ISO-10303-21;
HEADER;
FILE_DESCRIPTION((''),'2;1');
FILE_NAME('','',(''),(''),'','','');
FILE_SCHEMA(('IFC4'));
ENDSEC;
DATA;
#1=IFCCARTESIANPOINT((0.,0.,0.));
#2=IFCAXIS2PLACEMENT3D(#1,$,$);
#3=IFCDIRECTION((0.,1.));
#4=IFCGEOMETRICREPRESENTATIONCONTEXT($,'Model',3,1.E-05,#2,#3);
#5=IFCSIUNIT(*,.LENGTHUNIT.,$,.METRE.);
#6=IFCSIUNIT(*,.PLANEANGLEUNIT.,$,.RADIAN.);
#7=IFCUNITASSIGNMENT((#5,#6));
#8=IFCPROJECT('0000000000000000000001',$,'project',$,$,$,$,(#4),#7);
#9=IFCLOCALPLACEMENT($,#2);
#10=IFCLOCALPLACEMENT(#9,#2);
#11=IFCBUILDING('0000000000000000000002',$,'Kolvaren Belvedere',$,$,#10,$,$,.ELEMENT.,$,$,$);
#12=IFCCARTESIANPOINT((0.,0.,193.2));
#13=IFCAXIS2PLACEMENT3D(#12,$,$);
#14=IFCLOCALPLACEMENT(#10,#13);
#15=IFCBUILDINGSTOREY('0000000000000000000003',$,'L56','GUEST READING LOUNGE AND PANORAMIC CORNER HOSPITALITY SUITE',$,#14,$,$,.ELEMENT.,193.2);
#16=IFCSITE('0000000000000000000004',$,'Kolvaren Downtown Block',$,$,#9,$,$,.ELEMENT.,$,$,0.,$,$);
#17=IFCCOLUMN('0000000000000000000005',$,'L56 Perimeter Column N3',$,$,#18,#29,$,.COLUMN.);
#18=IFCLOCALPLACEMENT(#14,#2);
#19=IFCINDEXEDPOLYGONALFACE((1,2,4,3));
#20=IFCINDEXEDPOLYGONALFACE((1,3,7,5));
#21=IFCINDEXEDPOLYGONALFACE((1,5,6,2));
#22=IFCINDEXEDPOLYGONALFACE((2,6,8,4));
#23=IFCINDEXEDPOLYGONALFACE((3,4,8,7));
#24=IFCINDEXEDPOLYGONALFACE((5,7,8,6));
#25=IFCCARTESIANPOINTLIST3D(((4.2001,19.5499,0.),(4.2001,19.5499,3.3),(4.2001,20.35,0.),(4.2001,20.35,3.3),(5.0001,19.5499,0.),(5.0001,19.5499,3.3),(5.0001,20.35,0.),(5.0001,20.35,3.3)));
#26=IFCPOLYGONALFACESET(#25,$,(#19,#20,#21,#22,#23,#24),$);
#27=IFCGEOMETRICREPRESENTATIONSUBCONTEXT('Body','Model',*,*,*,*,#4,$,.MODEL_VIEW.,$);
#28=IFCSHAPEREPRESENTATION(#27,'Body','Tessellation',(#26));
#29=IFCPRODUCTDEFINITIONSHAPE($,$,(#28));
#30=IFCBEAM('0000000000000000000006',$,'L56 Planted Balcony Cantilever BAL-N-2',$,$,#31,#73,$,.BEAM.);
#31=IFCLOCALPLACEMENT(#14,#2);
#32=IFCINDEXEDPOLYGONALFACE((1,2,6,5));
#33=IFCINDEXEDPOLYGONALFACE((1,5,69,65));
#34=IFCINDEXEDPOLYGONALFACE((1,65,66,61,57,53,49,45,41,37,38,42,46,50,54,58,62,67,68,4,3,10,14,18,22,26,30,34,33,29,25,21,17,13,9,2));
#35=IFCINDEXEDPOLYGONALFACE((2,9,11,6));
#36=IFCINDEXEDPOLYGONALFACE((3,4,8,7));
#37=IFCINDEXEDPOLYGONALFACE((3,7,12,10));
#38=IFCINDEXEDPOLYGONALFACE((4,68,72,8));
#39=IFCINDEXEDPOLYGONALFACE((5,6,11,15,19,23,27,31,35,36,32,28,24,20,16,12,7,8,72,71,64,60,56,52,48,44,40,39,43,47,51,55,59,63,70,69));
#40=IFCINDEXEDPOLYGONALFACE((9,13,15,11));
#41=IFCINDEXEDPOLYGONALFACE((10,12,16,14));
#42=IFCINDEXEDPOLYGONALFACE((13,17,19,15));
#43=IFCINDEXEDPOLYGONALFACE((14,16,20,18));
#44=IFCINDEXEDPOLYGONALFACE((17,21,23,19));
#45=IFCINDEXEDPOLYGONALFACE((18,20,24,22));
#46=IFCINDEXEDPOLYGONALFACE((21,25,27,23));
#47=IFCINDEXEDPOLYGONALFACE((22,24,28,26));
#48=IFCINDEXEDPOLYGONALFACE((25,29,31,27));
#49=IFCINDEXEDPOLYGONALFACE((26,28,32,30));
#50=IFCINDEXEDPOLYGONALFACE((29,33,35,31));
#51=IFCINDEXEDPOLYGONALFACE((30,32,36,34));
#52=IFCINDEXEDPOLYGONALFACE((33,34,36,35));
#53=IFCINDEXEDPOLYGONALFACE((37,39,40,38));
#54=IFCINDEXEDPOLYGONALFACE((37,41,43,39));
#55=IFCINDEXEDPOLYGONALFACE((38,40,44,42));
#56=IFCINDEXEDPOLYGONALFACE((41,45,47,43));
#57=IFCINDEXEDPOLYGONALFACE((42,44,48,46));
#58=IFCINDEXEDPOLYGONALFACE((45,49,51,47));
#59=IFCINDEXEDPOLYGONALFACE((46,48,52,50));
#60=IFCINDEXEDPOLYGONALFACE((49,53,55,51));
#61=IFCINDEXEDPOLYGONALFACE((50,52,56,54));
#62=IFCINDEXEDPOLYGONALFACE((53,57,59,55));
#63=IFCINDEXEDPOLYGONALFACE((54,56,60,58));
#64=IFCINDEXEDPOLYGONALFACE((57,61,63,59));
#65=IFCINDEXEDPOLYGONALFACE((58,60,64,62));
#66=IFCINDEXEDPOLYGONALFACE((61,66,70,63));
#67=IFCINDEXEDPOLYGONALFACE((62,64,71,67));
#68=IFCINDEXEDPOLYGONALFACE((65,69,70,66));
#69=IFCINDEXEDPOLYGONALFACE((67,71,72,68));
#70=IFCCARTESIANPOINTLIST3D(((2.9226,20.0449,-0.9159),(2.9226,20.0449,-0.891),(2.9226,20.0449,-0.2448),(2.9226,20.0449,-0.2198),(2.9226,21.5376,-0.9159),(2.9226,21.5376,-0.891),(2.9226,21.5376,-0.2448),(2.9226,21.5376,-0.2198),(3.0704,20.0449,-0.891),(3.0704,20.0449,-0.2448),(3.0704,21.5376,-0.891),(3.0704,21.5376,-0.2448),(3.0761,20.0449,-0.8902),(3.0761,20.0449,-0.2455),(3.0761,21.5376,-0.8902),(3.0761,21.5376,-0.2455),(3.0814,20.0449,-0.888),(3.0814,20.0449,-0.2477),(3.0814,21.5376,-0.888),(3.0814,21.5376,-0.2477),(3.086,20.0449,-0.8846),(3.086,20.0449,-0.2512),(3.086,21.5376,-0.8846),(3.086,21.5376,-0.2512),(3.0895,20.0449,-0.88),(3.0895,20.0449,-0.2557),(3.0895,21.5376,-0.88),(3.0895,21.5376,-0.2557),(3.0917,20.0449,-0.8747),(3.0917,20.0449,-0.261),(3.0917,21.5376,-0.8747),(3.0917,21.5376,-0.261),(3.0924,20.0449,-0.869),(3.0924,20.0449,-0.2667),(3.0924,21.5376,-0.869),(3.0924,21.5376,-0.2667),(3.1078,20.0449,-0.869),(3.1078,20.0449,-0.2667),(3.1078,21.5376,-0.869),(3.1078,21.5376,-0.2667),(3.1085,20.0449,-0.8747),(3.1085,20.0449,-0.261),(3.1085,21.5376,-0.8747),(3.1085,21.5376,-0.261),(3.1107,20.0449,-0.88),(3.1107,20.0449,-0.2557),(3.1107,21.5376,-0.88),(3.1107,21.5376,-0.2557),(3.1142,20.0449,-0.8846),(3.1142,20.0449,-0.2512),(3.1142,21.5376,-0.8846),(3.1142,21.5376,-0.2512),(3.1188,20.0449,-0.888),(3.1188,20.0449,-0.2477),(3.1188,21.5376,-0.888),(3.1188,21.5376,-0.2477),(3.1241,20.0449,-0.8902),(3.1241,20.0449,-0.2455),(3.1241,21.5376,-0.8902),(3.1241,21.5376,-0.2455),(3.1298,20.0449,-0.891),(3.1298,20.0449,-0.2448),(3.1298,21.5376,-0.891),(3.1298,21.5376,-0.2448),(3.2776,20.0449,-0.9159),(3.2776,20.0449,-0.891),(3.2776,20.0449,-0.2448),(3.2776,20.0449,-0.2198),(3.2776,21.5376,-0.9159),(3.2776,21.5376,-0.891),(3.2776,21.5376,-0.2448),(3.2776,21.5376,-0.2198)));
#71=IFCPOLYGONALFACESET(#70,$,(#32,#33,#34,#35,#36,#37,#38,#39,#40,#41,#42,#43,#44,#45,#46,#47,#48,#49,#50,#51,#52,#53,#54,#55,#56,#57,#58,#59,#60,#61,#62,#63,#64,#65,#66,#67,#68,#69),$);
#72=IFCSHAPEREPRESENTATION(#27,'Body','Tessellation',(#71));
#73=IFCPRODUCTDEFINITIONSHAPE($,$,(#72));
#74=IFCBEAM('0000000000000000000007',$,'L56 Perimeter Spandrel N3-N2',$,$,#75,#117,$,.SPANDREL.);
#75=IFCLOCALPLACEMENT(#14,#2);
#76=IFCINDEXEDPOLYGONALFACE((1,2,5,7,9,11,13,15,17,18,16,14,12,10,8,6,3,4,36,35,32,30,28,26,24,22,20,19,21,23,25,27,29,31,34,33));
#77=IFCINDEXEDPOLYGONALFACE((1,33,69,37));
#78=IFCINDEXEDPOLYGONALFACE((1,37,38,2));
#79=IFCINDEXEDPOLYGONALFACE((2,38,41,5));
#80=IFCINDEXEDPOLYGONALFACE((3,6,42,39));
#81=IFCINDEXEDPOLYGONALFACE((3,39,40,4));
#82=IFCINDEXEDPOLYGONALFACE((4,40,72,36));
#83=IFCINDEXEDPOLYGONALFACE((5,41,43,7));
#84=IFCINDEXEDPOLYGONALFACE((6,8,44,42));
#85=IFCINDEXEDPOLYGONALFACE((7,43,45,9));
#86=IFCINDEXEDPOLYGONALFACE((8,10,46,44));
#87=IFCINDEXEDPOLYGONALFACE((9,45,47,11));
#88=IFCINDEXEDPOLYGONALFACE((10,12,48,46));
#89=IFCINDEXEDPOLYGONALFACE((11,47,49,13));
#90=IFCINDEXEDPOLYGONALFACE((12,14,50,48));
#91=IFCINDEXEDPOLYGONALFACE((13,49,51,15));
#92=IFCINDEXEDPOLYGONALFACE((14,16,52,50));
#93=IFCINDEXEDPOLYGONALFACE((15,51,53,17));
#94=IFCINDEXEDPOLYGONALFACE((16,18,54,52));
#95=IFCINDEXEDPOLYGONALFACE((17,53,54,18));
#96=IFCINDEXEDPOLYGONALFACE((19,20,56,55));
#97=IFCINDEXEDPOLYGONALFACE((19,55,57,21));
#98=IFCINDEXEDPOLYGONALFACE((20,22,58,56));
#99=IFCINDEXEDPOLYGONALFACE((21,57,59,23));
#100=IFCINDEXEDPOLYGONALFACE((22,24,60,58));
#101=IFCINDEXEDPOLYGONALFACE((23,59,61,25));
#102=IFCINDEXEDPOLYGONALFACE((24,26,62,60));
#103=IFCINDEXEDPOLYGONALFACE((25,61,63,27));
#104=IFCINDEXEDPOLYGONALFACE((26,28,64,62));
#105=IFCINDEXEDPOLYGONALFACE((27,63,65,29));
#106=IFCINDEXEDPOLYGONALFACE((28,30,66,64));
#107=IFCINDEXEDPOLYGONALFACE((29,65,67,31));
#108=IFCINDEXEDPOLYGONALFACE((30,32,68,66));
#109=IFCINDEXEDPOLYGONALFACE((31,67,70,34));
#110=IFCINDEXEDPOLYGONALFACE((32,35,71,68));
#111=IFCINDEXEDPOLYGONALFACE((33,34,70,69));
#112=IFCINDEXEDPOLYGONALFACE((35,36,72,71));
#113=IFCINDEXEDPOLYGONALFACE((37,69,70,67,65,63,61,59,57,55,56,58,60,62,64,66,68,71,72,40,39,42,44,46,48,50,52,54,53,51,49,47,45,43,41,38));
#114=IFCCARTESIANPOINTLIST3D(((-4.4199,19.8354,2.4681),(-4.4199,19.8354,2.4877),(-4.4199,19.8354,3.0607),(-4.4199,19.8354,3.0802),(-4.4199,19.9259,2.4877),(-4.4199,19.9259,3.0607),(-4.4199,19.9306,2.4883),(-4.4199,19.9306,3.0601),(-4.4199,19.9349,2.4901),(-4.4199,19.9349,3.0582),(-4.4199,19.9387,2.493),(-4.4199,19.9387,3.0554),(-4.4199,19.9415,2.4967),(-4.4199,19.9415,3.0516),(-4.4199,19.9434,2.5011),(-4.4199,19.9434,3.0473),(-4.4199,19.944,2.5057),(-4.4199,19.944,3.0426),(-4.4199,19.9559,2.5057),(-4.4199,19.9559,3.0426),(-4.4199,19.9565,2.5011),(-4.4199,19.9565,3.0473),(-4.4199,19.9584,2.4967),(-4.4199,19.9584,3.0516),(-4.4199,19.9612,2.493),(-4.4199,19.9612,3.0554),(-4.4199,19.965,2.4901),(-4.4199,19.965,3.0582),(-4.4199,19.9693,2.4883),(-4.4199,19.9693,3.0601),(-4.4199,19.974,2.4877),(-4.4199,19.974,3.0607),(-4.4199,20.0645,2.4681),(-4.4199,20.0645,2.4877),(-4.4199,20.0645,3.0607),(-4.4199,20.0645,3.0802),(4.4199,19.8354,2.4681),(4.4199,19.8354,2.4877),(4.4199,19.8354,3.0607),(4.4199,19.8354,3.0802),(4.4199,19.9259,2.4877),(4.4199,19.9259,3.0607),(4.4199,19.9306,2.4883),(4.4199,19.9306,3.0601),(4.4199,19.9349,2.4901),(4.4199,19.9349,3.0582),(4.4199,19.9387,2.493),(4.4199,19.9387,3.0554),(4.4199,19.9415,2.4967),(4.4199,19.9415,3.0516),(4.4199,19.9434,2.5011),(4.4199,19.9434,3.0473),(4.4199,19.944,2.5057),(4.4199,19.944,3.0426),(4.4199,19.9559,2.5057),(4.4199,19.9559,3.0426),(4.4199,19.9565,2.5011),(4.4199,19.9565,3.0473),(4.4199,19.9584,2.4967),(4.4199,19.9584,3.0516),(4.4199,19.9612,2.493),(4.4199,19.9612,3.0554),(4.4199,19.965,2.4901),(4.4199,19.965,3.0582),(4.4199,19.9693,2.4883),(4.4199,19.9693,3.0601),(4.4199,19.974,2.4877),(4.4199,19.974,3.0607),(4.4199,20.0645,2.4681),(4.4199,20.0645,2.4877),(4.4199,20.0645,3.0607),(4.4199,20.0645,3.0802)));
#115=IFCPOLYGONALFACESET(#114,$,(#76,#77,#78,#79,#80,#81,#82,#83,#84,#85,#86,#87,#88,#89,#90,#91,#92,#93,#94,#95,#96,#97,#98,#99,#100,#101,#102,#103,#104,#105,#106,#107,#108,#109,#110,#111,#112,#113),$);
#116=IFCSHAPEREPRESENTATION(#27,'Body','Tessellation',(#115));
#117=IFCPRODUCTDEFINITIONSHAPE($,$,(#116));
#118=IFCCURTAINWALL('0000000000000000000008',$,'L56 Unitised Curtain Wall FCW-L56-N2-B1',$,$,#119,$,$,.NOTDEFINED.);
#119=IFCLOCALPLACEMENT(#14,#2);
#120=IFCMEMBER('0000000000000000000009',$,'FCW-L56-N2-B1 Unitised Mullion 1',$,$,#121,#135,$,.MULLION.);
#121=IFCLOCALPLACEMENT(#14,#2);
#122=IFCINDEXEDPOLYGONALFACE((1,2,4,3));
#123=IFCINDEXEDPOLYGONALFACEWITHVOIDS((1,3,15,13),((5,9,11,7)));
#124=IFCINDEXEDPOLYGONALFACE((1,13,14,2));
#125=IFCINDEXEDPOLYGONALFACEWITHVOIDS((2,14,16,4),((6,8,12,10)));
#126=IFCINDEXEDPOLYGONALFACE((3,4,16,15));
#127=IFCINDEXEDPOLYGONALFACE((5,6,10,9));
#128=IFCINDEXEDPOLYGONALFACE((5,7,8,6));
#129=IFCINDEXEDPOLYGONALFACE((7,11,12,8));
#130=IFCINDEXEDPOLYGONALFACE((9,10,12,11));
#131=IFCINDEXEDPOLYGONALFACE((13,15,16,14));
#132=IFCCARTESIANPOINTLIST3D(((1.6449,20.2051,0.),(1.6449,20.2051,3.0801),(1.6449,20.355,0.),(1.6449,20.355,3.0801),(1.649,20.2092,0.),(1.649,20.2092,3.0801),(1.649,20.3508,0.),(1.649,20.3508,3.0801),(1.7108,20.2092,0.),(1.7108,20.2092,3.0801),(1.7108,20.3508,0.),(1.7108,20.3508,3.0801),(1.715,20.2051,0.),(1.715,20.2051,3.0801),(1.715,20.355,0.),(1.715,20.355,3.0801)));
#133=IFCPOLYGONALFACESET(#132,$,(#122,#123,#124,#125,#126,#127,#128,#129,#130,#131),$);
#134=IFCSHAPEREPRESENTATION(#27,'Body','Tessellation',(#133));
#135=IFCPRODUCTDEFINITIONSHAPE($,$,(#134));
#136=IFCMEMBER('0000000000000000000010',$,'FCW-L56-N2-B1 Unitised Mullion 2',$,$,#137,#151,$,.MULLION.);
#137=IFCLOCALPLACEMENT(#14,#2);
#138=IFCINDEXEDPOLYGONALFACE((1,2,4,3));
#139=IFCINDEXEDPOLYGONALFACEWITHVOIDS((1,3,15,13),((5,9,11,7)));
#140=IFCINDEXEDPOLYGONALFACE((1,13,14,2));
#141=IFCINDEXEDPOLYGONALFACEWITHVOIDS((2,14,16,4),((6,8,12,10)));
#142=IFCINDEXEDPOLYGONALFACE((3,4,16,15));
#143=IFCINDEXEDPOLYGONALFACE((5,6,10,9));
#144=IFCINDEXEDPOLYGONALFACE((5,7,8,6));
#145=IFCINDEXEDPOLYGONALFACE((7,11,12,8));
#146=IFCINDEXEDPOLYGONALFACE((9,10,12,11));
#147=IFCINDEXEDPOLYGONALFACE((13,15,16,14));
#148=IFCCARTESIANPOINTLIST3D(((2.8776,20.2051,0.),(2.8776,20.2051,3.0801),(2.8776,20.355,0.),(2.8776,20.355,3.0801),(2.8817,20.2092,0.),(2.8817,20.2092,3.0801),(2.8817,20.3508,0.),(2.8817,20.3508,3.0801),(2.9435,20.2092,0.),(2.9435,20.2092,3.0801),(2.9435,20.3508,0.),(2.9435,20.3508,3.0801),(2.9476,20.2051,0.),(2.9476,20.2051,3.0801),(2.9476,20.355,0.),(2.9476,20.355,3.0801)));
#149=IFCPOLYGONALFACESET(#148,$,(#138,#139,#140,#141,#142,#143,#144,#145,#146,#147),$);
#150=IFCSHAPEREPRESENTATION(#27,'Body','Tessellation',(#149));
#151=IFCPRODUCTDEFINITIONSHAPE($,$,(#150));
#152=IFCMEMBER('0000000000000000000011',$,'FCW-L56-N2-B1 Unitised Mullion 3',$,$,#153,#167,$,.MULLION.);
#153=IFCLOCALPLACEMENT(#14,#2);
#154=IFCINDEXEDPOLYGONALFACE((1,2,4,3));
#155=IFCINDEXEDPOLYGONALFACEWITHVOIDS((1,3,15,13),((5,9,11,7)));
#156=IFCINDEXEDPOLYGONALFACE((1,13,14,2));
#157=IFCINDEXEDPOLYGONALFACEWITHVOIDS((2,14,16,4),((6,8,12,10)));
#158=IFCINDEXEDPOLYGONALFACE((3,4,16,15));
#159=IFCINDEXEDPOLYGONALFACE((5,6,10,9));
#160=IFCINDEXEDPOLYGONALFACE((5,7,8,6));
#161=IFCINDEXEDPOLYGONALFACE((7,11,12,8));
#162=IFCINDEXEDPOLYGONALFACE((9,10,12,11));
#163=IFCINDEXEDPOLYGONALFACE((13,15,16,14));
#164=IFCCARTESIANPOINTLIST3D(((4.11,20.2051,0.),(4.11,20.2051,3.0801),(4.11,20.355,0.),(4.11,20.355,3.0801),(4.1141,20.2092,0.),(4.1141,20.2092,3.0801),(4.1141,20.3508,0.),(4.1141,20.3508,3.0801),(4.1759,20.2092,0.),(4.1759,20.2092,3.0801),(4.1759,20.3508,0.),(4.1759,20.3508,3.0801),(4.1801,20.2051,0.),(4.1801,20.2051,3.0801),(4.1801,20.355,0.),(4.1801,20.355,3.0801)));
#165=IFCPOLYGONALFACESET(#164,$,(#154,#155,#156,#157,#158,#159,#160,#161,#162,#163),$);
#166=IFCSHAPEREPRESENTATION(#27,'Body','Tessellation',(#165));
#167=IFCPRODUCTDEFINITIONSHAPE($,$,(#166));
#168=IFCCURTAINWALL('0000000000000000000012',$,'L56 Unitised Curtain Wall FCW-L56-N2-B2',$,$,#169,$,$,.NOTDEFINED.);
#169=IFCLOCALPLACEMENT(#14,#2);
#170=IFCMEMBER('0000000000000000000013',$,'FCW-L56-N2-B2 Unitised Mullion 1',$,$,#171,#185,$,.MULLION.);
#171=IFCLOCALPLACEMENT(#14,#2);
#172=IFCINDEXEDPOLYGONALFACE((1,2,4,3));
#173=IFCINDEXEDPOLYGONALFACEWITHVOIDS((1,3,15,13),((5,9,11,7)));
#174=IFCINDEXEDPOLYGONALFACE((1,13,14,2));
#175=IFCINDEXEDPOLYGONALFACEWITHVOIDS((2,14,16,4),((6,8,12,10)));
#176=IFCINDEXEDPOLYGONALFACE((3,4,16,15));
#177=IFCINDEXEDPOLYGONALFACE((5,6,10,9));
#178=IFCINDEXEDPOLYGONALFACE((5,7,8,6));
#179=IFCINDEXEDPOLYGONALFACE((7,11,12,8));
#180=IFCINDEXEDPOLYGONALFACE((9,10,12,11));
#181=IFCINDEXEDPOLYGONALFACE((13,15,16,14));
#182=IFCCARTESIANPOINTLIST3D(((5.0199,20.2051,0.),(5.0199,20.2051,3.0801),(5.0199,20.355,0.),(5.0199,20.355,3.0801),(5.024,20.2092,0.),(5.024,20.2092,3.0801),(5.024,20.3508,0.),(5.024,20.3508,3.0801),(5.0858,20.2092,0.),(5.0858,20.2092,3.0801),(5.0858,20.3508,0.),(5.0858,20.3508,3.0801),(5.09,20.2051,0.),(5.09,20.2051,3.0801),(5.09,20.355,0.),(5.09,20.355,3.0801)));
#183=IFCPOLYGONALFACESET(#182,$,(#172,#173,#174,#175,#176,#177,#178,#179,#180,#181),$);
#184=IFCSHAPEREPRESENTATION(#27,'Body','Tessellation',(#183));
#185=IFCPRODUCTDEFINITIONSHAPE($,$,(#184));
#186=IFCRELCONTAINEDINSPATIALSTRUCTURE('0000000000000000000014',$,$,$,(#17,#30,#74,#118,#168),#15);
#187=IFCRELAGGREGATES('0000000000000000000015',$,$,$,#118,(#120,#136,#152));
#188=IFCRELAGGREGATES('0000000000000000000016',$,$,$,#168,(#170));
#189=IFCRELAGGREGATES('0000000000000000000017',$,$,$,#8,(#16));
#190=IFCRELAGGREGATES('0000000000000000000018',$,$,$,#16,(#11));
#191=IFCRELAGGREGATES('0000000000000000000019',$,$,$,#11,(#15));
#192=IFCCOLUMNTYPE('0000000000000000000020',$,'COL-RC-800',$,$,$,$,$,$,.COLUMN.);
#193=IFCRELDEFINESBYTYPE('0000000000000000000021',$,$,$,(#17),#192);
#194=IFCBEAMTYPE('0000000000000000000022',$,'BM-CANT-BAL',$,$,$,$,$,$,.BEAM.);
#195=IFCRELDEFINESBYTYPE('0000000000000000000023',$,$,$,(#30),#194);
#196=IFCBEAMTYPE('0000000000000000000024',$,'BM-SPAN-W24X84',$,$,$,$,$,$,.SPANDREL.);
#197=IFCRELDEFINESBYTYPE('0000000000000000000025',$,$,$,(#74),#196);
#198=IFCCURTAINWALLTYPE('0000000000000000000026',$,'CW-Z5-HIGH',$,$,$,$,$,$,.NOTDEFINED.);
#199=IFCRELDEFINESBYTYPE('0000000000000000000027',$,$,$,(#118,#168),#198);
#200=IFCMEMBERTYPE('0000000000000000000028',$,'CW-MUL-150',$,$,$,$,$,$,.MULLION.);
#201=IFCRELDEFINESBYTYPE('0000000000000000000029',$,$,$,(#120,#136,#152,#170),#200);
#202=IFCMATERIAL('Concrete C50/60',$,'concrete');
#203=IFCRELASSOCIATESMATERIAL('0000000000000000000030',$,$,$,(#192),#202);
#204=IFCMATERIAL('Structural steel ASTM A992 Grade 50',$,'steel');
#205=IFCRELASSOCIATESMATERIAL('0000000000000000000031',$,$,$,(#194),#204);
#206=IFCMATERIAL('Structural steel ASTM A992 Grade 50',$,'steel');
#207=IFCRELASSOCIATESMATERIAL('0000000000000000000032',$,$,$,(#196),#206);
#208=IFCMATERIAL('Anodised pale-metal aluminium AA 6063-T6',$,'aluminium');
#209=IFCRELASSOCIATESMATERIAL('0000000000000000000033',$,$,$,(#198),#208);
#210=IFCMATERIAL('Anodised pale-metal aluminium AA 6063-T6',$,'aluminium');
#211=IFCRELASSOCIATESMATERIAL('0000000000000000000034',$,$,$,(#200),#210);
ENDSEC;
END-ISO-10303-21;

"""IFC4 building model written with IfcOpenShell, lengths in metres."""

from ifc_helpers import new_model, si_unit, direction, frame, origin, origin_2d, place, context, subcontext, project, spatial, rectangle, hollow_rectangle, i_section, extrude, material, material_profile, profile_set, type_object, element, aggregate, save


model = new_model("IFC4")

# Units and contexts
model_context = context("Model", 3, precision=1e-05, world=origin(), true_north=direction((0.0, 1.0)))
body_context = subcontext(model_context, "Body", "Model", "MODEL_VIEW")
ifc_project = project(units=[si_unit("LENGTHUNIT", "METRE"), si_unit("PLANEANGLEUNIT", "RADIAN")], contexts=[model_context])

# Site, building, storey
site_placement = place(None, origin())
site = spatial("IfcSite", under=ifc_project, at=site_placement, Name="Kolvaren Downtown Block", CompositionType="ELEMENT", RefElevation=0.0)
building_placement = place(site_placement, origin())
building = spatial("IfcBuilding", under=site, at=building_placement, Name="Kolvaren Belvedere", CompositionType="ELEMENT")
storey_placement = place(building_placement, frame((0.0, 0.0, 193.2)))
storey = spatial("IfcBuildingStorey", under=building, at=storey_placement, Name="L56", Description="GUEST READING LOUNGE AND PANORAMIC CORNER HOSPITALITY SUITE", CompositionType="ELEMENT", Elevation=193.2)

# Column
ifc_material_1 = material(Name="Concrete C50/60", Category="concrete")
ifc_material_profile_1 = material_profile(ifc_material_1, rectangle(XDim=0.8, YDim=0.8, at=origin_2d()), Name="RC 800X800")
ifc_profile_set_1 = profile_set([ifc_material_profile_1], Name="Concrete C50/60")
column_type = type_object("IfcColumnType", Name="COL-RC-800", PredefinedType="COLUMN", material=ifc_profile_set_1)
column_placement = place(storey_placement, frame((4.6001, 19.95, 0.0), z_axis=(0.0, 0.0, 1.0), x_axis=(1.0, 0.0, 0.0)))
element("IfcColumn", 1, at=column_placement, inside=storey, type_object=column_type, Name="L56 Perimeter Column N3", PredefinedType="COLUMN", context=body_context, shape_type="SweptSolid", body=[
    extrude(rectangle(XDim=0.8, YDim=0.8, at=origin_2d()), origin(), (0.0, 0.0, 1.0), 3.3),
])

# Beams
ifc_material_2 = material(Name="Structural steel ASTM A992 Grade 50", Category="steel")
ifc_material_profile_2 = material_profile(ifc_material_2, i_section(OverallWidth=0.355, OverallDepth=0.696, WebThickness=0.0154, FlangeThickness=0.0249, FilletRadius=0.022, at=origin_2d()), Name="W27X146")
ifc_profile_set_2 = profile_set([ifc_material_profile_2], Name="Structural steel ASTM A992 Grade 50")
beam_type_1 = type_object("IfcBeamType", Name="BM-CANT-BAL", PredefinedType="BEAM", material=ifc_profile_set_2)
beam_1_placement = place(storey_placement, frame((3.1001, 20.0449, -0.5679), z_axis=(0.0, 1.0, 0.0), x_axis=(-1.0, 0.0, 0.0)))
element("IfcBeam", 2, at=beam_1_placement, inside=storey, type_object=beam_type_1, Name="L56 Planted Balcony Cantilever BAL-N-2", PredefinedType="BEAM", context=body_context, shape_type="SweptSolid", body=[
    extrude(i_section(OverallWidth=0.355, OverallDepth=0.696, WebThickness=0.0154, FlangeThickness=0.0249, FilletRadius=0.022, at=origin_2d()), origin(), (0.0, 0.0, 1.0), 1.4927),
])
ifc_material_3 = material(Name="Structural steel ASTM A992 Grade 50", Category="steel")
ifc_material_profile_3 = material_profile(ifc_material_3, i_section(OverallWidth=0.229, OverallDepth=0.6121, WebThickness=0.012, FlangeThickness=0.0195, FilletRadius=0.0181, at=origin_2d()), Name="W24X84")
ifc_profile_set_3 = profile_set([ifc_material_profile_3], Name="Structural steel ASTM A992 Grade 50")
beam_type_2 = type_object("IfcBeamType", Name="BM-SPAN-W24X84", PredefinedType="SPANDREL", material=ifc_profile_set_3)
beam_2_placement = place(storey_placement, frame((4.4199, 19.95, 2.7742), z_axis=(-1.0, 0.0, 0.0), x_axis=(0.0, -1.0, 0.0)))
element("IfcBeam", 3, at=beam_2_placement, inside=storey, type_object=beam_type_2, Name="L56 Perimeter Spandrel N3-N2", PredefinedType="SPANDREL", context=body_context, shape_type="SweptSolid", body=[
    extrude(i_section(OverallWidth=0.229, OverallDepth=0.6121, WebThickness=0.012, FlangeThickness=0.0195, FilletRadius=0.0181, at=origin_2d()), origin(), (0.0, 0.0, 1.0), 8.8398),
])

# Curtain wall, members
ifc_material_4 = material(Name="Anodised pale-metal aluminium AA 6063-T6", Category="aluminium")
curtain_wall_type = type_object("IfcCurtainWallType", Name="CW-Z5-HIGH", PredefinedType="NOTDEFINED", material=ifc_material_4)
curtain_wall_1_placement = place(storey_placement, origin())
curtain_wall_1 = element("IfcCurtainWall", 4, at=curtain_wall_1_placement, inside=storey, type_object=curtain_wall_type, Name="L56 Unitised Curtain Wall FCW-L56-N2-B1", PredefinedType="NOTDEFINED")
ifc_material_5 = material(Name="Anodised pale-metal aluminium AA 6063-T6", Category="aluminium")
ifc_material_profile_4 = material_profile(ifc_material_5, hollow_rectangle(XDim=0.0701, YDim=0.1499, WallThickness=0.0042, at=origin_2d()), Name="ALU-MUL-150X70")
ifc_profile_set_4 = profile_set([ifc_material_profile_4], Name="Anodised pale-metal aluminium AA 6063-T6")
member_type_1 = type_object("IfcMemberType", Name="CW-MUL-150", PredefinedType="MULLION", material=ifc_profile_set_4)
member_1_placement = place(storey_placement, frame((1.6799, 20.28, 0.0), z_axis=(0.0, 0.0, 1.0), x_axis=(1.0, 0.0, 0.0)))
member_1 = element("IfcMember", 5, at=member_1_placement, type_object=member_type_1, Name="FCW-L56-N2-B1 Unitised Mullion 1", PredefinedType="MULLION", context=body_context, shape_type="SweptSolid", body=[
    extrude(hollow_rectangle(XDim=0.0701, YDim=0.1499, WallThickness=0.0042, at=origin_2d()), origin(), (0.0, 0.0, 1.0), 3.0801),
])
member_2_placement = place(storey_placement, frame((2.9126, 20.28, 0.0), z_axis=(0.0, 0.0, 1.0), x_axis=(1.0, 0.0, 0.0)))
member_2 = element("IfcMember", 6, at=member_2_placement, type_object=member_type_1, Name="FCW-L56-N2-B1 Unitised Mullion 2", PredefinedType="MULLION", context=body_context, shape_type="SweptSolid", body=[
    extrude(hollow_rectangle(XDim=0.0701, YDim=0.1499, WallThickness=0.0042, at=origin_2d()), origin(), (0.0, 0.0, 1.0), 3.0801),
])
member_3_placement = place(storey_placement, frame((4.145, 20.28, 0.0), z_axis=(0.0, 0.0, 1.0), x_axis=(1.0, 0.0, 0.0)))
member_3 = element("IfcMember", 7, at=member_3_placement, type_object=member_type_1, Name="FCW-L56-N2-B1 Unitised Mullion 3", PredefinedType="MULLION", context=body_context, shape_type="SweptSolid", body=[
    extrude(hollow_rectangle(XDim=0.0701, YDim=0.1499, WallThickness=0.0042, at=origin_2d()), origin(), (0.0, 0.0, 1.0), 3.0801),
])

# Curtain wall, member
curtain_wall_2_placement = place(storey_placement, origin())
curtain_wall_2 = element("IfcCurtainWall", 8, at=curtain_wall_2_placement, inside=storey, type_object=curtain_wall_type, Name="L56 Unitised Curtain Wall FCW-L56-N2-B2", PredefinedType="NOTDEFINED")
member_4_placement = place(storey_placement, frame((5.0549, 20.28, 0.0), z_axis=(0.0, 0.0, 1.0), x_axis=(1.0, 0.0, 0.0)))
member_4 = element("IfcMember", 9, at=member_4_placement, type_object=member_type_1, Name="FCW-L56-N2-B2 Unitised Mullion 1", PredefinedType="MULLION", context=body_context, shape_type="SweptSolid", body=[
    extrude(hollow_rectangle(XDim=0.0701, YDim=0.1499, WallThickness=0.0042, at=origin_2d()), origin(), (0.0, 0.0, 1.0), 3.0801),
])

aggregate(curtain_wall_1, [member_1, member_2, member_3])
aggregate(curtain_wall_2, [member_4])

save(model, "model.ifc")
